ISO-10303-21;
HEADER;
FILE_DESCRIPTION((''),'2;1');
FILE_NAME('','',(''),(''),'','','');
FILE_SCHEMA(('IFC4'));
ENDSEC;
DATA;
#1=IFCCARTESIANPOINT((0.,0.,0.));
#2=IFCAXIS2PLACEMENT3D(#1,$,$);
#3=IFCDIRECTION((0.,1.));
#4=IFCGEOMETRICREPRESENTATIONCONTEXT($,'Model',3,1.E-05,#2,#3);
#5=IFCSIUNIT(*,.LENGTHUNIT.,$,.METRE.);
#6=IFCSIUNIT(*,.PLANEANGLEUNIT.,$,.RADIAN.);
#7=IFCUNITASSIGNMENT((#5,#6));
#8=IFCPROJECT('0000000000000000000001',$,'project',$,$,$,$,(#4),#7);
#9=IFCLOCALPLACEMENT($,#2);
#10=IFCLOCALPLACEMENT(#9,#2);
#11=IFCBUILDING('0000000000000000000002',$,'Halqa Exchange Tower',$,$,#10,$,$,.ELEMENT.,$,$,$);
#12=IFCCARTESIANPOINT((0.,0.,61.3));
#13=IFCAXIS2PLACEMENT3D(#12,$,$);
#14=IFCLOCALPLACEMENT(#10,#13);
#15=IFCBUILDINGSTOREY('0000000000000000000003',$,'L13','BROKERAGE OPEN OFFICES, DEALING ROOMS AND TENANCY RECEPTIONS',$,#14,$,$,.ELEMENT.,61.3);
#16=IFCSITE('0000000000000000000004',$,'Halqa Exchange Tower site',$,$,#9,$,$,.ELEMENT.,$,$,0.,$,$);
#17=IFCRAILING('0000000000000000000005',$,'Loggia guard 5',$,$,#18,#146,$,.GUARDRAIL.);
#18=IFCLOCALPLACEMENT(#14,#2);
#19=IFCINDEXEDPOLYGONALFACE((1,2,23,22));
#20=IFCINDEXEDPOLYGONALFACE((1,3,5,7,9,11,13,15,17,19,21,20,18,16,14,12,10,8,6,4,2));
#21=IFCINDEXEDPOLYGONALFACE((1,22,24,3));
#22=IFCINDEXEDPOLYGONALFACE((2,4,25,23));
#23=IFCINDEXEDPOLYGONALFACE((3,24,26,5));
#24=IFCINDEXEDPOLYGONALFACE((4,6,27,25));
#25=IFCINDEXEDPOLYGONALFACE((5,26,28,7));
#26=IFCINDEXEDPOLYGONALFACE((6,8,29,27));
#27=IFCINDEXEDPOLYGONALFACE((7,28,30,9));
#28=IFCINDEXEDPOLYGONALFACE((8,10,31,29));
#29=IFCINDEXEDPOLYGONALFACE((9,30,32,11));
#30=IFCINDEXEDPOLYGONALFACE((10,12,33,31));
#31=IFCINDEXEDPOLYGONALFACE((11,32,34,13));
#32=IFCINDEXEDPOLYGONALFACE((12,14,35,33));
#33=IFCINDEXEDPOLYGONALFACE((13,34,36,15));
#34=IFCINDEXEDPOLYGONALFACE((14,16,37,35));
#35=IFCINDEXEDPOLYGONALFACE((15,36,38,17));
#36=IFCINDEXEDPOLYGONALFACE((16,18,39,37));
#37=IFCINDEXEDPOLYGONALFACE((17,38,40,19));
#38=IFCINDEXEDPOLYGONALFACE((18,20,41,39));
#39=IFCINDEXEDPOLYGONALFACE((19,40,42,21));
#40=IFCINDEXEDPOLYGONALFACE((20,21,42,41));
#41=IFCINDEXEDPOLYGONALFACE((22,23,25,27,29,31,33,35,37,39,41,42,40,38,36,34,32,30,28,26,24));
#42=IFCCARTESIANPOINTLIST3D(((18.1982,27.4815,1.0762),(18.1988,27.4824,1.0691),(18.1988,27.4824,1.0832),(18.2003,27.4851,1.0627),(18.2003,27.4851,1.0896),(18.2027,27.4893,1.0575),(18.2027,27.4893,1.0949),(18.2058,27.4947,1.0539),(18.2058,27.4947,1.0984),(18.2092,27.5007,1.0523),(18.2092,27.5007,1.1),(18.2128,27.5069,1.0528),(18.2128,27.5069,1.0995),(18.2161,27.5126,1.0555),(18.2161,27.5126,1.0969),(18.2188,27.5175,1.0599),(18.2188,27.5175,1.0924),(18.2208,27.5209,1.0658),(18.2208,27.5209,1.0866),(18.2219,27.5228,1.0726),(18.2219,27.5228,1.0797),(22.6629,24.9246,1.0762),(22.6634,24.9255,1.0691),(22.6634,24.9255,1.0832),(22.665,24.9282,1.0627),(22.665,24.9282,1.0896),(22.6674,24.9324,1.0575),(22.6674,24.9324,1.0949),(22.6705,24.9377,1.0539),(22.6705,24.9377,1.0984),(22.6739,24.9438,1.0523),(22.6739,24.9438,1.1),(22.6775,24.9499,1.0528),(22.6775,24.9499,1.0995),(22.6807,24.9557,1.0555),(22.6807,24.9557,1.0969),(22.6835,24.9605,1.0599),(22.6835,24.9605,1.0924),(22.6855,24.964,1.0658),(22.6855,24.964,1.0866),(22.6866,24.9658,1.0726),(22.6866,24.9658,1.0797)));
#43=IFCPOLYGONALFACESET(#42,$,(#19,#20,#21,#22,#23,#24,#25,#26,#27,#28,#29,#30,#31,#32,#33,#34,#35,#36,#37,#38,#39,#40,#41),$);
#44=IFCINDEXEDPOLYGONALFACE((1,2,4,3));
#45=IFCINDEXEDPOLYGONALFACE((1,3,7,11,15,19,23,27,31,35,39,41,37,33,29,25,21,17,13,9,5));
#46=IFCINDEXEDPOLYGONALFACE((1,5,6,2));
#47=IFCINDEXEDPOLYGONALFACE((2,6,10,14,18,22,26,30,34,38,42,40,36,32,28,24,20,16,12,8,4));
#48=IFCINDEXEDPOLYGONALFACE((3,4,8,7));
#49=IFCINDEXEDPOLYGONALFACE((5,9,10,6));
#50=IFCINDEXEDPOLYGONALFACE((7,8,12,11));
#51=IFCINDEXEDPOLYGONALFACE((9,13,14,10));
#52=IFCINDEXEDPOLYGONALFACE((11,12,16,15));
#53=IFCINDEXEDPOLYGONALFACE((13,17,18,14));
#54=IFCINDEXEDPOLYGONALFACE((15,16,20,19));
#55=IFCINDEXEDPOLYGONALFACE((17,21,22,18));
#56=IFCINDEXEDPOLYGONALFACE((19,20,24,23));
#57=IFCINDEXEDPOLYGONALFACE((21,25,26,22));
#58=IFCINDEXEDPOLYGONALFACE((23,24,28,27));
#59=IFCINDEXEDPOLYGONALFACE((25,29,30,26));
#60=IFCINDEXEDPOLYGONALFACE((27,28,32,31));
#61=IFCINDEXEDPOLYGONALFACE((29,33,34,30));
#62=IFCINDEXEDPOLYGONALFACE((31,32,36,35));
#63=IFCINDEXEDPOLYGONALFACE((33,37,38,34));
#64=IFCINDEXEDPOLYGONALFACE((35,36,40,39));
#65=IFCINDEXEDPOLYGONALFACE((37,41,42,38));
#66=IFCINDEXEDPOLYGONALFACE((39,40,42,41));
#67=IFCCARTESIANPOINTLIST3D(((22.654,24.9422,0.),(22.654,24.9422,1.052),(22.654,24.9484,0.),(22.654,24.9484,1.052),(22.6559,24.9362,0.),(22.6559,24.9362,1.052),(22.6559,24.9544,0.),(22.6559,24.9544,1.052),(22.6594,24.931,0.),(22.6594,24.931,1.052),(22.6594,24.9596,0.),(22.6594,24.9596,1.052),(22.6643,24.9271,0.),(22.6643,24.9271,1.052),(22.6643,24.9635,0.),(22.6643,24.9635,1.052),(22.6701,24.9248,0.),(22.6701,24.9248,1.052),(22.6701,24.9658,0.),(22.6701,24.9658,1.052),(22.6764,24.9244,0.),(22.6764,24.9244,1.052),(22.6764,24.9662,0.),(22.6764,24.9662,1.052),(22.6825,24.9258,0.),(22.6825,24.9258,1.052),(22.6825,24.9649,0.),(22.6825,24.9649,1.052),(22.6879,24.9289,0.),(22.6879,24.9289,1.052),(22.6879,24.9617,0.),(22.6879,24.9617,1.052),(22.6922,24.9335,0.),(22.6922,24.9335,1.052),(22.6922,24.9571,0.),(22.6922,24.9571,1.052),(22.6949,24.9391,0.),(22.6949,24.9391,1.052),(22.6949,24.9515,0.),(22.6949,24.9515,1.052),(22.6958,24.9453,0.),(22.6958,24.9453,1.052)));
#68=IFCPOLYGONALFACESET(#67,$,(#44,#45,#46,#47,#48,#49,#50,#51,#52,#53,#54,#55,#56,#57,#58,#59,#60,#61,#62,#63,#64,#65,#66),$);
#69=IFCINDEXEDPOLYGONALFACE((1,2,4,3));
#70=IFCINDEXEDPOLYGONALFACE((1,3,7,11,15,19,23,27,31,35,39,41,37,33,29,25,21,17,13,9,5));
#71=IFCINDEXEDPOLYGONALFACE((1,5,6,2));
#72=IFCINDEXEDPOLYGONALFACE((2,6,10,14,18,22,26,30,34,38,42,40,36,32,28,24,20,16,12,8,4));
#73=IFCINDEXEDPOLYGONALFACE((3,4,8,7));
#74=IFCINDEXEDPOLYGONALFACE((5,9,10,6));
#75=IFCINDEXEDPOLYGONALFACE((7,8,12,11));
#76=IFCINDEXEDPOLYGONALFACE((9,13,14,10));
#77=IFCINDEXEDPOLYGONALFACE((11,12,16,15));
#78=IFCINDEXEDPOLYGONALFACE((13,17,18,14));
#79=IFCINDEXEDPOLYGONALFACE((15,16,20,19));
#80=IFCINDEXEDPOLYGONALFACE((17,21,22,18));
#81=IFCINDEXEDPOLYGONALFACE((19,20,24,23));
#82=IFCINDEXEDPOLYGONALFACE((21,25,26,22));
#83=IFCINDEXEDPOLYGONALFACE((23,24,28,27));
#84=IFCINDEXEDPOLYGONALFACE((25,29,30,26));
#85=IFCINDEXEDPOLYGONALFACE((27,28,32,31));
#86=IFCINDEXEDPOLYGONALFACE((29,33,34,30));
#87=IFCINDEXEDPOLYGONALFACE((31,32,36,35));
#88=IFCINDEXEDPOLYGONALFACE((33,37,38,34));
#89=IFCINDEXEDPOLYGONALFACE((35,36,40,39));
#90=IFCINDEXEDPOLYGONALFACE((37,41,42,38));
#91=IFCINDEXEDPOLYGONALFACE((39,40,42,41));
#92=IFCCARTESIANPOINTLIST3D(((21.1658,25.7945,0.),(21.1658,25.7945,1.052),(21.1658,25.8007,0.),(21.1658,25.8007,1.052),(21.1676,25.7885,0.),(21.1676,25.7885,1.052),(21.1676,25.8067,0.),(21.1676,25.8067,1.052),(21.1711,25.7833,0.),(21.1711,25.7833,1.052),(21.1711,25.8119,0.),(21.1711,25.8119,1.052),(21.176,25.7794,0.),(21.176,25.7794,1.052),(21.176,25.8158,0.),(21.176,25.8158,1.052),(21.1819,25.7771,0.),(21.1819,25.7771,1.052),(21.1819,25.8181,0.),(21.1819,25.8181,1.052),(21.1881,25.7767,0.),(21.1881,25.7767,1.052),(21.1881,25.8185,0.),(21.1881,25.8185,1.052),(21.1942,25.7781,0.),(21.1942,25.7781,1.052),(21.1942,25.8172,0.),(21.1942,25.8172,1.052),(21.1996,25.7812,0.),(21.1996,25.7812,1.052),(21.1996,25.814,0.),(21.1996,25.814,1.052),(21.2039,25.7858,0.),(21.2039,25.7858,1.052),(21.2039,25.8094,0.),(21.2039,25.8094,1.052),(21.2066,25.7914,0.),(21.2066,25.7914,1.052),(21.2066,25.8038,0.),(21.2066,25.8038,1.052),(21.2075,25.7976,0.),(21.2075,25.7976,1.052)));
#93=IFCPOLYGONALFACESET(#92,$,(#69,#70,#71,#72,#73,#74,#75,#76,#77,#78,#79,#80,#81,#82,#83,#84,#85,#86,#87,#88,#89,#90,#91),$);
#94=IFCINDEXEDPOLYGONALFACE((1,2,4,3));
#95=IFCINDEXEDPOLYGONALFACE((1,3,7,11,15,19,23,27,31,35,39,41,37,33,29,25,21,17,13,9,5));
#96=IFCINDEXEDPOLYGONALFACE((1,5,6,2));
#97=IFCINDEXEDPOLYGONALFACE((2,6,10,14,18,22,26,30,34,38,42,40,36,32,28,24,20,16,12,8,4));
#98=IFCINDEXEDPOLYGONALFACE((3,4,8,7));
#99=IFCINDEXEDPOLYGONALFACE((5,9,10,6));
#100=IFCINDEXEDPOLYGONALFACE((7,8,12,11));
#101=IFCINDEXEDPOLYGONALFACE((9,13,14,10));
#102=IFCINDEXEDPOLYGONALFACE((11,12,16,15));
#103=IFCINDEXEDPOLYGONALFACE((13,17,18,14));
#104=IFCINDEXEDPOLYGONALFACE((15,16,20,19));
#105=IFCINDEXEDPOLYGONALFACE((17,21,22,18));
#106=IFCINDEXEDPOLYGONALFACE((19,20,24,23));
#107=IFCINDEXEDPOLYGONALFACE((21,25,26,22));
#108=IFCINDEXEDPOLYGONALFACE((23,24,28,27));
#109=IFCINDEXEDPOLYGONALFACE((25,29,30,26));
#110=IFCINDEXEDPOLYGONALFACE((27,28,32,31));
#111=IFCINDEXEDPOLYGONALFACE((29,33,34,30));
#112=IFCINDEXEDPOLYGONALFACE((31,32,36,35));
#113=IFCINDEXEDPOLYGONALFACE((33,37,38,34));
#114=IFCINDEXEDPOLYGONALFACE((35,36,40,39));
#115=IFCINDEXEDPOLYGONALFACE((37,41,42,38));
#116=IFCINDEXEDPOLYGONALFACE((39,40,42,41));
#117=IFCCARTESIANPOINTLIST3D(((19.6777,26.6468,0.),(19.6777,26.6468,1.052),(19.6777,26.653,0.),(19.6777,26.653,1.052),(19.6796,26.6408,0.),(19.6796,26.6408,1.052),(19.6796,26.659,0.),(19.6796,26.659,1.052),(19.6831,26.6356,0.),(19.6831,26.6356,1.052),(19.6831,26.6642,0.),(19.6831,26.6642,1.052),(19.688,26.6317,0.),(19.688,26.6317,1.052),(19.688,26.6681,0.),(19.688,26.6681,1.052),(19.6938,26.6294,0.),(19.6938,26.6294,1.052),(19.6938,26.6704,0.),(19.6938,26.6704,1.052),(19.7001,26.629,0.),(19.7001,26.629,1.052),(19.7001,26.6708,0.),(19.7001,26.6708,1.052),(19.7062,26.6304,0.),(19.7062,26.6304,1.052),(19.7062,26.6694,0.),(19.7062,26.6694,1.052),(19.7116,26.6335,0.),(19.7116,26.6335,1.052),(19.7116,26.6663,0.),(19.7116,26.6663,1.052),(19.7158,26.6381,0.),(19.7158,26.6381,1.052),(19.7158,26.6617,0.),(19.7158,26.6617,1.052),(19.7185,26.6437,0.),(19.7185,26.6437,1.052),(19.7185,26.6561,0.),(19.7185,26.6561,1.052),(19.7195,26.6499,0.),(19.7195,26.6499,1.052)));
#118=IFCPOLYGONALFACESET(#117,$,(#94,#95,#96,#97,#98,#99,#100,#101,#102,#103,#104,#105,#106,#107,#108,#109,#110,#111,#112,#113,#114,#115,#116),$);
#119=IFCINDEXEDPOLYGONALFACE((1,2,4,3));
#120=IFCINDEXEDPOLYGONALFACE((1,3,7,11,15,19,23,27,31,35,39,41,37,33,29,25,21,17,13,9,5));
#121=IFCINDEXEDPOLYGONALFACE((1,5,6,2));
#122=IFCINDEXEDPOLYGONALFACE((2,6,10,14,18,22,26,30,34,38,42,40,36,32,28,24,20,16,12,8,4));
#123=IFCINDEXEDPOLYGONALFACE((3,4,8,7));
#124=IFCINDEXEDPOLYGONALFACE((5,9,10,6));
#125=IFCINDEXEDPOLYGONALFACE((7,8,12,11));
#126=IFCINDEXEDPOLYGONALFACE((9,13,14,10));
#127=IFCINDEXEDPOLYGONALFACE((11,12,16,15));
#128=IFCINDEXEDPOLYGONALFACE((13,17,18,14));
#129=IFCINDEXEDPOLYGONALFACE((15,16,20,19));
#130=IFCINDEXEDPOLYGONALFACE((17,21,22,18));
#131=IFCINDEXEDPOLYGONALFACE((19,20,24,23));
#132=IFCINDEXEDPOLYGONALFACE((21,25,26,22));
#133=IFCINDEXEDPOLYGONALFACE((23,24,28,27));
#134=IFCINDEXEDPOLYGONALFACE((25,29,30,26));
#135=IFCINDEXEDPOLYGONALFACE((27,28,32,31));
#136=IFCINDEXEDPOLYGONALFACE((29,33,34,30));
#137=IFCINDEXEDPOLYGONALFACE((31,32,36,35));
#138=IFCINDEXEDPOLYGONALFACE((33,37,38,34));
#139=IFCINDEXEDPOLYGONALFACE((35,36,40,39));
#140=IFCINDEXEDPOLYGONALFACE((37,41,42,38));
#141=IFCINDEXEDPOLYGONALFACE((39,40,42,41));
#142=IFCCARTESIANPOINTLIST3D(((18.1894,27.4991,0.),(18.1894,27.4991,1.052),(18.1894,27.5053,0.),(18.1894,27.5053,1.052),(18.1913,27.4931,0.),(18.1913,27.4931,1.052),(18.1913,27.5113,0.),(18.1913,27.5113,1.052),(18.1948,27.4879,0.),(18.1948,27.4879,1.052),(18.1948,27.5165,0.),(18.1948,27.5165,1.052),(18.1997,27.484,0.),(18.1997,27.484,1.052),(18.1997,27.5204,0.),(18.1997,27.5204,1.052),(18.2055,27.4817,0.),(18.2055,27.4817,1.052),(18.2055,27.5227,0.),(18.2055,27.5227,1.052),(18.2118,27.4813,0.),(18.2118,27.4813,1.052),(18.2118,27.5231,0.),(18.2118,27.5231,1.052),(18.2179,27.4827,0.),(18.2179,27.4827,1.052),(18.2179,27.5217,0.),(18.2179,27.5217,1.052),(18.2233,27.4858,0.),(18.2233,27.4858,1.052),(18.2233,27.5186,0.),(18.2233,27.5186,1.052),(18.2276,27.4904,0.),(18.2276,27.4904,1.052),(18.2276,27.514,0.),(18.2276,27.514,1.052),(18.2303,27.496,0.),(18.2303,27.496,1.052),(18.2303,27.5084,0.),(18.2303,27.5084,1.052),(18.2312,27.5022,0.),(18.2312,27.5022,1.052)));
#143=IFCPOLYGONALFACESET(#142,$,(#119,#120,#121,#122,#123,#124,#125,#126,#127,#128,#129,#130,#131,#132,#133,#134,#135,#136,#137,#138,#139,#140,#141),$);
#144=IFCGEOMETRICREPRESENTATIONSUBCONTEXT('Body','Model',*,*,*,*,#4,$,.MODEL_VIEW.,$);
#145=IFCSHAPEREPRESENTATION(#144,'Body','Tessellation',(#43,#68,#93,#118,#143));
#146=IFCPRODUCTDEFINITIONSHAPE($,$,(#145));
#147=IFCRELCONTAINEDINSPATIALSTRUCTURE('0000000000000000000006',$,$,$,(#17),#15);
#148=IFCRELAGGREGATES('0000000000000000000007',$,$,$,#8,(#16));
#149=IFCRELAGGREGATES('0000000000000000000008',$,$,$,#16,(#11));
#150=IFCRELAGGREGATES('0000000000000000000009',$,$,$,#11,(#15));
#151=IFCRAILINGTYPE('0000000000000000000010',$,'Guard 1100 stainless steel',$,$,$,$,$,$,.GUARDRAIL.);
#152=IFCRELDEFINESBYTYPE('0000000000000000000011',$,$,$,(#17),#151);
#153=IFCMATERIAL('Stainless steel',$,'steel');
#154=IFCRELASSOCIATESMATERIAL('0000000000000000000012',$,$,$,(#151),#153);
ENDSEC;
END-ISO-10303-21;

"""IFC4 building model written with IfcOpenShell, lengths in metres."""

from ifc_helpers import new_model, si_unit, direction, frame, origin, origin_2d, place, context, subcontext, project, spatial, circle, extrude, material, type_object, element, save


model = new_model("IFC4")

# Units and contexts
model_context = context("Model", 3, precision=1e-05, world=origin(), true_north=direction((0.0, 1.0)))
body_context = subcontext(model_context, "Body", "Model", "MODEL_VIEW")
ifc_project = project(units=[si_unit("LENGTHUNIT", "METRE"), si_unit("PLANEANGLEUNIT", "RADIAN")], contexts=[model_context])

# Site, building, storey
site_placement = place(None, origin())
site = spatial("IfcSite", under=ifc_project, at=site_placement, Name="Halqa Exchange Tower site", CompositionType="ELEMENT", RefElevation=0.0)
building_placement = place(site_placement, origin())
building = spatial("IfcBuilding", under=site, at=building_placement, Name="Halqa Exchange Tower", CompositionType="ELEMENT")
storey_placement = place(building_placement, frame((0.0, 0.0, 61.3)))
storey = spatial("IfcBuildingStorey", under=building, at=storey_placement, Name="L13", Description="BROKERAGE OPEN OFFICES, DEALING ROOMS AND TENANCY RECEPTIONS", CompositionType="ELEMENT", Elevation=61.3)

# Railing
ifc_material_1 = material(Name="Stainless steel", Category="steel")
railing_type = type_object("IfcRailingType", Name="Guard 1100 stainless steel", PredefinedType="GUARDRAIL", material=ifc_material_1)
railing_1_placement = place(storey_placement, frame((22.6748, 24.9453, 0.0)))
element("IfcRailing", 1, at=railing_1_placement, inside=storey, type_object=railing_type, Name="Loggia guard 5", PredefinedType="GUARDRAIL", context=body_context, shape_type="SweptSolid", body=[
    extrude(circle(Radius=0.0239, at=origin_2d()), frame((0.0, 0.0, 1.0762), z_axis=(-0.867767, 0.496972, 0.0), x_axis=(-0.496972, -0.867767, 0.0)), (0.0, 0.0, 1.0), 5.145),
    extrude(circle(Radius=0.021, at=origin_2d()), origin(), (0.0, 0.0, 1.0), 1.052),
    extrude(circle(Radius=0.021, at=origin_2d()), frame((-1.4883, 0.8523, 0.0)), (0.0, 0.0, 1.0), 1.052),
    extrude(circle(Radius=0.021, at=origin_2d()), frame((-2.9763, 1.7046, 0.0)), (0.0, 0.0, 1.0), 1.052),
    extrude(circle(Radius=0.021, at=origin_2d()), frame((-4.4646, 2.5569, 0.0)), (0.0, 0.0, 1.0), 1.052),
])

save(model, "model.ifc")
